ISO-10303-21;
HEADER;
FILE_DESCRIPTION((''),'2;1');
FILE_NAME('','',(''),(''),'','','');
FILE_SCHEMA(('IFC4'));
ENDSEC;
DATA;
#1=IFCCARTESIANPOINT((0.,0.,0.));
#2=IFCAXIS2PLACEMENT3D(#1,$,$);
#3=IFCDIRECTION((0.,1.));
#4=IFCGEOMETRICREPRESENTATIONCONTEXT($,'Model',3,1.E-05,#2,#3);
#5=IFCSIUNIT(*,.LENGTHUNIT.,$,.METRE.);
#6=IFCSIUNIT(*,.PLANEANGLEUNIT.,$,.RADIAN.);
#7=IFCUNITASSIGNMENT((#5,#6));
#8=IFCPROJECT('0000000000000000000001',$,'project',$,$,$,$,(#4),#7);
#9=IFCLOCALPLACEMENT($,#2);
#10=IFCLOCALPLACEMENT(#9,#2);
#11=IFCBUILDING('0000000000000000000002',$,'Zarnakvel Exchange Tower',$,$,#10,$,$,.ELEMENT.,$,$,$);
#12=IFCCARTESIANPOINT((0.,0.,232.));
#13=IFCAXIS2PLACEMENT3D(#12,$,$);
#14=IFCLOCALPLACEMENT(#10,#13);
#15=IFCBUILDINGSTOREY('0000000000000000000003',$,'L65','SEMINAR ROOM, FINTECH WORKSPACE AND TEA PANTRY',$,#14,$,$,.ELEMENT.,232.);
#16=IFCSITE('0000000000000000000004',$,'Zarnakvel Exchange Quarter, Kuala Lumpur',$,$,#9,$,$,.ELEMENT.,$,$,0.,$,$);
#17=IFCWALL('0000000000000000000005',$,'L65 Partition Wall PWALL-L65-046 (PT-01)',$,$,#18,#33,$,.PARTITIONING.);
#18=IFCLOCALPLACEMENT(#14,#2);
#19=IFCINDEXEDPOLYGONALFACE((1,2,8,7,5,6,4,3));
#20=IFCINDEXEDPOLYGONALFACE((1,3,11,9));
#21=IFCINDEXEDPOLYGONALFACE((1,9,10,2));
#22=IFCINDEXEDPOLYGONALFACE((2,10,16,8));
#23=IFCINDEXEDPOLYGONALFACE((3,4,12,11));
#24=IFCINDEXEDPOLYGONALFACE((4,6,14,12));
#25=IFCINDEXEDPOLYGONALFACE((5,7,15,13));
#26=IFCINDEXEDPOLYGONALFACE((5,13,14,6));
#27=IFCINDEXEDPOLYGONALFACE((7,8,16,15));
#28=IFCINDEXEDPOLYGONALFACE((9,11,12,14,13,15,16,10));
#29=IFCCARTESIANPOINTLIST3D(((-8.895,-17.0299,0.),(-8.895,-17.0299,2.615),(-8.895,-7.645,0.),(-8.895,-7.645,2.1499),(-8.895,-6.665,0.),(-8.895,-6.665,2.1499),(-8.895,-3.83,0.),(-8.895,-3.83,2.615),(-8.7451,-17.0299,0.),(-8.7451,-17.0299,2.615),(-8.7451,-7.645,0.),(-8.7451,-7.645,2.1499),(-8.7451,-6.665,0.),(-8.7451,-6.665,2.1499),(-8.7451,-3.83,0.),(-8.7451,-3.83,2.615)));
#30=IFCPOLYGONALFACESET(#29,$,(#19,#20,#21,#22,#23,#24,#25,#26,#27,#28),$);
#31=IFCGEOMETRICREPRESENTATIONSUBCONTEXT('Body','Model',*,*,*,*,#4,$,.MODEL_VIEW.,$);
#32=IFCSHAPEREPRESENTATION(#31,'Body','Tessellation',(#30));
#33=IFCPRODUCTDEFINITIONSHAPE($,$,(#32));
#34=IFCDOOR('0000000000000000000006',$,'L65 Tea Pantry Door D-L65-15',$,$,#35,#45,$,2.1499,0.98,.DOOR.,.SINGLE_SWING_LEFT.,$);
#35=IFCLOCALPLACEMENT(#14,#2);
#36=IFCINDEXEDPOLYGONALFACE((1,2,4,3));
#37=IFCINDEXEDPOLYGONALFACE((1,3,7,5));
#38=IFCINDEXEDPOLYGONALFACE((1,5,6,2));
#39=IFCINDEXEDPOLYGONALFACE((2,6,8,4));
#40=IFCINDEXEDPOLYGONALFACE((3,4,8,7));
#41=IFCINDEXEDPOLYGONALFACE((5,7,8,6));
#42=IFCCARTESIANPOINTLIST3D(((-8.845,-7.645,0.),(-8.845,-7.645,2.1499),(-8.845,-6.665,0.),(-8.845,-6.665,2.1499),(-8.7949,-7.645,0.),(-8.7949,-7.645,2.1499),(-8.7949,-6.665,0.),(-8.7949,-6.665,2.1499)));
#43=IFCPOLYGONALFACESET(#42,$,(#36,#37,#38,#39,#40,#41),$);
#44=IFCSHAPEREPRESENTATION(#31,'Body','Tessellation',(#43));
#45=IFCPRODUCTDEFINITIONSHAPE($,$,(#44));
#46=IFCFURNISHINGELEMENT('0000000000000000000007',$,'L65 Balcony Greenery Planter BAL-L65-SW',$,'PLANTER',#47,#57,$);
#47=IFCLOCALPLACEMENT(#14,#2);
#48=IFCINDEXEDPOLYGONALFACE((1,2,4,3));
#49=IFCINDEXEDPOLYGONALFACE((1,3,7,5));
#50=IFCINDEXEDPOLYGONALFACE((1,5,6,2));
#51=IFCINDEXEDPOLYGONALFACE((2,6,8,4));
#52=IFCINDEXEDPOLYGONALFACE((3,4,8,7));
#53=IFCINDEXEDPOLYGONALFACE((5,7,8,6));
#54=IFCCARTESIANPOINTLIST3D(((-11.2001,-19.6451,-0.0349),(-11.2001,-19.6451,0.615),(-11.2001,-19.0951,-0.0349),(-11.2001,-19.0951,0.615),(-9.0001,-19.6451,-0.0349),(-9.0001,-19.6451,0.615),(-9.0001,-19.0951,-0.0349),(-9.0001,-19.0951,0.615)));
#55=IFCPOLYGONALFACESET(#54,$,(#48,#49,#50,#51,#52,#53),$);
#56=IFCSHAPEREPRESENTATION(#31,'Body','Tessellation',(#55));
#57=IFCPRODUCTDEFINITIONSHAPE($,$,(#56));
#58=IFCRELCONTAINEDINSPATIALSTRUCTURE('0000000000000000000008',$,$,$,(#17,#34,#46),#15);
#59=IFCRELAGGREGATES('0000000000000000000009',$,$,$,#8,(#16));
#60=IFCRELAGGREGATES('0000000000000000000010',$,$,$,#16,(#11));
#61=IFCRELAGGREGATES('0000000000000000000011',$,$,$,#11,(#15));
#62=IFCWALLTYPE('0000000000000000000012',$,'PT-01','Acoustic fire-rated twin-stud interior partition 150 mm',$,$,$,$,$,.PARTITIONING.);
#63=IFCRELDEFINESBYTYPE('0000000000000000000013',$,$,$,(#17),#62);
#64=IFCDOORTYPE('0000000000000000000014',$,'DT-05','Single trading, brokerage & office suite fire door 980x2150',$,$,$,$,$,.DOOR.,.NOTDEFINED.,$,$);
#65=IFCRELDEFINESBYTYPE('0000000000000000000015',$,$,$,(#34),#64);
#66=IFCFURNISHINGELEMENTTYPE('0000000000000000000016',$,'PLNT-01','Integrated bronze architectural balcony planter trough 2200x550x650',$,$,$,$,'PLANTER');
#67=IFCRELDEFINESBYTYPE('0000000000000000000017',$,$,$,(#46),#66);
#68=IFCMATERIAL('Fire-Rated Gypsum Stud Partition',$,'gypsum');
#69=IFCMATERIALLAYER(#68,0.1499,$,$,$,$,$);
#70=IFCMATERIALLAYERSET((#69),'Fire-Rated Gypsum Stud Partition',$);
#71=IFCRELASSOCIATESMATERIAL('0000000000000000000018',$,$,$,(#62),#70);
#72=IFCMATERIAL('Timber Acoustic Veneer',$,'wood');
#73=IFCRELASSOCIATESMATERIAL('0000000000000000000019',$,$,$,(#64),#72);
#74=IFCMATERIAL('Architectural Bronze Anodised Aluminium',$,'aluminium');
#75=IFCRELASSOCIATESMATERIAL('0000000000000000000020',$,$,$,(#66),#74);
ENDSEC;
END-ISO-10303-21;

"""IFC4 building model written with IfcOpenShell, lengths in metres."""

from ifc_helpers import new_model, si_unit, direction, frame, frame_2d, origin, origin_2d, place, context, subcontext, project, spatial, rectangle, extrude, source, transform, mapped, material, layer, layer_set, type_object, element, fill, save


model = new_model("IFC4")

# Units and contexts
model_context = context("Model", 3, precision=1e-05, world=origin(), true_north=direction((0.0, 1.0)))
body_context = subcontext(model_context, "Body", "Model", "MODEL_VIEW")
ifc_project = project(units=[si_unit("LENGTHUNIT", "METRE"), si_unit("PLANEANGLEUNIT", "RADIAN")], contexts=[model_context])

# Site, building, storey
site_placement = place(None, origin())
site = spatial("IfcSite", under=ifc_project, at=site_placement, Name="Zarnakvel Exchange Quarter, Kuala Lumpur", CompositionType="ELEMENT", RefElevation=0.0)
building_placement = place(site_placement, origin())
building = spatial("IfcBuilding", under=site, at=building_placement, Name="Zarnakvel Exchange Tower", CompositionType="ELEMENT")
storey_placement = place(building_placement, frame((0.0, 0.0, 232.0)))
storey = spatial("IfcBuildingStorey", under=building, at=storey_placement, Name="L65", Description="SEMINAR ROOM, FINTECH WORKSPACE AND TEA PANTRY", CompositionType="ELEMENT", Elevation=232.0)

# Shared definitions
ifc_material_1 = material(Name="Architectural Bronze Anodised Aluminium", Category="aluminium")

# Wall, opening, door
ifc_material_2 = material(Name="Fire-Rated Gypsum Stud Partition", Category="gypsum")
ifc_layer_1 = layer(ifc_material_2, 0.1499)
ifc_layer_set_1 = layer_set([ifc_layer_1], Name="Fire-Rated Gypsum Stud Partition")
wall_type_1 = type_object("IfcWallType", Name="PT-01", Description="Acoustic fire-rated twin-stud interior partition 150 mm", PredefinedType="PARTITIONING", material=ifc_layer_set_1)
wall_1_placement = place(storey_placement, frame((-8.8201, -17.03, 0.0), z_axis=(0.0, 0.0, 1.0), x_axis=(0.0, 1.0, 0.0)))
wall_1 = element("IfcWall", 1, at=wall_1_placement, inside=storey, type_object=wall_type_1, Name="L65 Partition Wall PWALL-L65-046 (PT-01)", PredefinedType="PARTITIONING", context=body_context, shape_type="SweptSolid", body=[
    extrude(rectangle(XDim=13.2, YDim=0.1499, at=frame_2d((6.6001, 0.0))), origin(), (0.0, 0.0, 1.0), 2.615),
])
opening_1_placement = place(wall_1_placement, frame((9.385, 0.0, 0.0)))
opening_1 = element("IfcOpeningElement", 2, at=opening_1_placement, cuts=wall_1, PredefinedType="OPENING", context=body_context, shape_type="SweptSolid", body=[
    extrude(rectangle(XDim=0.98, YDim=2.1499, at=frame_2d((0.49, 1.075))), frame((0.0, 0.085, 0.0), z_axis=(0.0, -1.0, 0.0), x_axis=(1.0, 0.0, 0.0)), (0.0, 0.0, 1.0), 0.1699),
])
ifc_material_3 = material(Name="Timber Acoustic Veneer", Category="wood")
door_type_1 = type_object("IfcDoorType", Name="DT-05", Description="Single trading, brokerage & office suite fire door 980x2150", OperationType="NOTDEFINED", PredefinedType="DOOR", material=ifc_material_3)
shared_shape_1 = source(origin(), body_context, "Body", "SweptSolid", [
    extrude(rectangle(XDim=0.98, YDim=2.1499, at=frame_2d((0.49, 1.075))), frame((0.0, 0.0249, 0.0), z_axis=(0.0, -1.0, 0.0), x_axis=(1.0, 0.0, 0.0)), (0.0, 0.0, 1.0), 0.05),
])
door_1_placement = place(opening_1_placement, origin())
door_1 = element("IfcDoor", 3, at=door_1_placement, inside=storey, type_object=door_type_1, Name="L65 Tea Pantry Door D-L65-15", OperationType="SINGLE_SWING_LEFT", OverallHeight=2.1499, OverallWidth=0.98, PredefinedType="DOOR", context=body_context, shape_type="MappedRepresentation", body=[
    mapped(shared_shape_1, transform((0.0, 0.0, 0.0), x_axis=(1.0, 0.0, 0.0), y_axis=(0.0, 1.0, 0.0), z_axis=(0.0, 0.0, 1.0), scale=1.0)),
])
fill(opening_1, door_1)

# Furnishing element
furnishing_element_type = type_object("IfcFurnishingElementType", Name="PLNT-01", Description="Integrated bronze architectural balcony planter trough 2200x550x650", ElementType="PLANTER", material=ifc_material_1)
shared_shape_2 = source(origin(), body_context, "Body", "SweptSolid", [
    extrude(rectangle(XDim=2.2, YDim=0.55, at=origin_2d()), origin(), (0.0, 0.0, 1.0), 0.6499),
])
furnishing_placement = place(storey_placement, frame((-10.1001, -19.3701, -0.0349), z_axis=(0.0, 0.0, 1.0), x_axis=(1.0, 0.0, 0.0)))
element("IfcFurnishingElement", 4, at=furnishing_placement, inside=storey, type_object=furnishing_element_type, Name="L65 Balcony Greenery Planter BAL-L65-SW", ObjectType="PLANTER", context=body_context, shape_type="MappedRepresentation", body=[
    mapped(shared_shape_2, transform((0.0, 0.0, 0.0), x_axis=(1.0, 0.0, 0.0), y_axis=(0.0, 1.0, 0.0), z_axis=(0.0, 0.0, 1.0), scale=1.0)),
])

save(model, "model.ifc")
